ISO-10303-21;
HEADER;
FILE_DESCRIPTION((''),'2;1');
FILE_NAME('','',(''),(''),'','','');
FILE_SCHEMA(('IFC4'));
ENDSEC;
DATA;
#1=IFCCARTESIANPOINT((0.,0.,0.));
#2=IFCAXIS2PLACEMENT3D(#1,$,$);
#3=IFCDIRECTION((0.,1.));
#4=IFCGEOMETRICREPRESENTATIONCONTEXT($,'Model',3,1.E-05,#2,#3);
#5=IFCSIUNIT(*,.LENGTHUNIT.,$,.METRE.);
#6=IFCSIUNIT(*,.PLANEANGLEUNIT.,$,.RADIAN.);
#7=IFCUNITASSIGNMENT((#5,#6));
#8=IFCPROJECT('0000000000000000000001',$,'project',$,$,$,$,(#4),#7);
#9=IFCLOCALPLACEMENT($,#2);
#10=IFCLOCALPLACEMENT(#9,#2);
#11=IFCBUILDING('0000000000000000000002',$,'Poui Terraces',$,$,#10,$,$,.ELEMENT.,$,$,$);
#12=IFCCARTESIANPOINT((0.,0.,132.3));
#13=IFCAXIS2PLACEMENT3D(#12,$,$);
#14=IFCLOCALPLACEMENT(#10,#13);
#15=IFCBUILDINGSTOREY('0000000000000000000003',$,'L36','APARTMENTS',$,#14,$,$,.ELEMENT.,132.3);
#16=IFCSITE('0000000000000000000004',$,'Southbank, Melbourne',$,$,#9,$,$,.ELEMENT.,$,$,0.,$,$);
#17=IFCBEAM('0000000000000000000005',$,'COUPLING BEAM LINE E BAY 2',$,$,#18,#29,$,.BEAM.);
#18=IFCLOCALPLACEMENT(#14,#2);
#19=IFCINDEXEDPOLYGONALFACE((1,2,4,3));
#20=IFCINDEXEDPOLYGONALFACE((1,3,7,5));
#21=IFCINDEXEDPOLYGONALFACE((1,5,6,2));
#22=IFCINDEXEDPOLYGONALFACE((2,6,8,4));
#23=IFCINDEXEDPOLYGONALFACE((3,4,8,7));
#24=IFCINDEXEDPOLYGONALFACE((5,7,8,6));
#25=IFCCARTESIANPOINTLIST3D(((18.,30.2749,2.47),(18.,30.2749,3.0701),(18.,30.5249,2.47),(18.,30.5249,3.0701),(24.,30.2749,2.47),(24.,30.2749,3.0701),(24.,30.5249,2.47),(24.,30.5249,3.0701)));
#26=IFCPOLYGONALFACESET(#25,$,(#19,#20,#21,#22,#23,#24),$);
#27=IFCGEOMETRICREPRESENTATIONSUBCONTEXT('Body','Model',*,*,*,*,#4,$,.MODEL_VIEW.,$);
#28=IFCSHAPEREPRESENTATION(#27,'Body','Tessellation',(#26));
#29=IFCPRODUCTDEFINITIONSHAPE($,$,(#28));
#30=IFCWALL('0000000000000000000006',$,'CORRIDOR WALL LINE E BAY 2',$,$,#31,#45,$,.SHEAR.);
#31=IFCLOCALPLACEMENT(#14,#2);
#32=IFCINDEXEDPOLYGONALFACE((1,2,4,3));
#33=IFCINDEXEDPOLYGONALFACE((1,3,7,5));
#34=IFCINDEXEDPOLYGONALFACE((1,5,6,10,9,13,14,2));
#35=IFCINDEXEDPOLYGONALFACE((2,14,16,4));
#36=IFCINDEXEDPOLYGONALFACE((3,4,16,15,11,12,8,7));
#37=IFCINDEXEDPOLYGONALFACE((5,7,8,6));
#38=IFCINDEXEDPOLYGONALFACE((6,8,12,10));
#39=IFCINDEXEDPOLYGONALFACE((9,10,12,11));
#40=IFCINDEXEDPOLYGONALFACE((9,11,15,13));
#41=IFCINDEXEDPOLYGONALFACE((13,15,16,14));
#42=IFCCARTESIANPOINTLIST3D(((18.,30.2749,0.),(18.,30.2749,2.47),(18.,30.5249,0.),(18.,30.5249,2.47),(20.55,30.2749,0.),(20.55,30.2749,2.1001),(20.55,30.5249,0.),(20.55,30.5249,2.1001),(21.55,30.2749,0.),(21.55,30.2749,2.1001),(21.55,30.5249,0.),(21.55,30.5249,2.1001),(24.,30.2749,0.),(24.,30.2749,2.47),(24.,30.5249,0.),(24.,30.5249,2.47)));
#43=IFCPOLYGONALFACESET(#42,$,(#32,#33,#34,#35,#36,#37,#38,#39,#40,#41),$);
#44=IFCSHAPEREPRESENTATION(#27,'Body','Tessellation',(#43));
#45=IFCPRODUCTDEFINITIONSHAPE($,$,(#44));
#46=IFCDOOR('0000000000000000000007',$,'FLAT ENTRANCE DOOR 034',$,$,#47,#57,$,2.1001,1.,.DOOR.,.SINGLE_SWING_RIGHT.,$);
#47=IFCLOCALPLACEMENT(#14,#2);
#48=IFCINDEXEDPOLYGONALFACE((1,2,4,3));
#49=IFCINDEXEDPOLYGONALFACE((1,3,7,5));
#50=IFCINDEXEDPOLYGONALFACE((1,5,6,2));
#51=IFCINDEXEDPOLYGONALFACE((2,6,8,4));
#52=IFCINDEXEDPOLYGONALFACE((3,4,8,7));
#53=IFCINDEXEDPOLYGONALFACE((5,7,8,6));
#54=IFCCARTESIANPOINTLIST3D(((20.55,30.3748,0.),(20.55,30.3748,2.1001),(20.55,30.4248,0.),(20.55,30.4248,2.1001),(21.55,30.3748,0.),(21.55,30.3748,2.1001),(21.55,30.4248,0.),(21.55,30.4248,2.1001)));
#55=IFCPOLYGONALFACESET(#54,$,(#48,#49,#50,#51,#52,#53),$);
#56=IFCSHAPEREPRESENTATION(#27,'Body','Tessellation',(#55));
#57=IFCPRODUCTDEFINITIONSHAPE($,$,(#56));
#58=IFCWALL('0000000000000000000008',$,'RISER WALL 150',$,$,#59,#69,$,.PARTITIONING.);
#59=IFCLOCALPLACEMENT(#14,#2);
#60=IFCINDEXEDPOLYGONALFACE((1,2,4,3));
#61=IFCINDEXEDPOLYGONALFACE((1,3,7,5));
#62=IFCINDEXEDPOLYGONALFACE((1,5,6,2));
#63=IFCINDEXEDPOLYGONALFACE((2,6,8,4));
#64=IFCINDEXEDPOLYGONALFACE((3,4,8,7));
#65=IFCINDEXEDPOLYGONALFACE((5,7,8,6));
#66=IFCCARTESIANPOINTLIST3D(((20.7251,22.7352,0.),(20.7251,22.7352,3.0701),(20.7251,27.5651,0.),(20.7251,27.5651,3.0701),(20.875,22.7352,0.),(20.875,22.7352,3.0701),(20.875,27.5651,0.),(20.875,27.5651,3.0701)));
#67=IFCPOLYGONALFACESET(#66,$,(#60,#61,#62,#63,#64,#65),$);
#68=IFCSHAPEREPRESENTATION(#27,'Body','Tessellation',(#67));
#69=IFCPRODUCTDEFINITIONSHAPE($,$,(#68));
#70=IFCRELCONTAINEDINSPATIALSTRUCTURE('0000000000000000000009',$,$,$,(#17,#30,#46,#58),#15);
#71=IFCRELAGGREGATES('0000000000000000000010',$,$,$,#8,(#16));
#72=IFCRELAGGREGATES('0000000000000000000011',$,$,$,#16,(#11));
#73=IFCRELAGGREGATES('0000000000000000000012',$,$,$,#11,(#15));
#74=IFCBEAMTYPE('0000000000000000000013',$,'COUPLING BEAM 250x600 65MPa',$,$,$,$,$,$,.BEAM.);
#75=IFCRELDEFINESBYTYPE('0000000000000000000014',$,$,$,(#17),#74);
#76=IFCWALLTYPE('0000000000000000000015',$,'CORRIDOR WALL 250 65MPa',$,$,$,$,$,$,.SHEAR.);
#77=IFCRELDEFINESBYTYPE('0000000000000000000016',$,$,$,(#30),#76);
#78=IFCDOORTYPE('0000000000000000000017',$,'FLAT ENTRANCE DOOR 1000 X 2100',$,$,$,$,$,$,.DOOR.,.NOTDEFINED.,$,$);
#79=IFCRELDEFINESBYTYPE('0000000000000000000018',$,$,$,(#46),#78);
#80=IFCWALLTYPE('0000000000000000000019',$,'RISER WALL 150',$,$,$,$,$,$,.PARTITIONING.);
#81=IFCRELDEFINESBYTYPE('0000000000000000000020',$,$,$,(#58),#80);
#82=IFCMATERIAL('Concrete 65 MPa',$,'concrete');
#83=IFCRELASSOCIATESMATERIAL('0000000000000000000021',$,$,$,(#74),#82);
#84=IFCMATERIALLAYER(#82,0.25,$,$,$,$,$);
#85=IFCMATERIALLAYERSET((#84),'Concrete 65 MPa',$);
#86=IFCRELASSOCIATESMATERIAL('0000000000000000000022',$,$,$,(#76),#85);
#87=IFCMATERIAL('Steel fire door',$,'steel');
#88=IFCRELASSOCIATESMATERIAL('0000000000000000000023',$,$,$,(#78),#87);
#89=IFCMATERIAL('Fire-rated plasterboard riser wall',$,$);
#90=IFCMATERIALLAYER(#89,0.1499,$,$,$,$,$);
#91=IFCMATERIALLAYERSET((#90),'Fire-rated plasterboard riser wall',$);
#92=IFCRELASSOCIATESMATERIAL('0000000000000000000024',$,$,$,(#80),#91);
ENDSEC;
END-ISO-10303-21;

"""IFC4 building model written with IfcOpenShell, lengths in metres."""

from ifc_helpers import new_model, si_unit, direction, frame, frame_2d, origin, origin_2d, place, context, subcontext, project, spatial, rectangle, extrude, source, transform, mapped, material, layer, layer_set, material_profile, profile_set, type_object, element, fill, save


model = new_model("IFC4")

# Units and contexts
model_context = context("Model", 3, precision=1e-05, world=origin(), true_north=direction((0.0, 1.0)))
body_context = subcontext(model_context, "Body", "Model", "MODEL_VIEW")
ifc_project = project(units=[si_unit("LENGTHUNIT", "METRE"), si_unit("PLANEANGLEUNIT", "RADIAN")], contexts=[model_context])

# Site, building, storey
site_placement = place(None, origin())
site = spatial("IfcSite", under=ifc_project, at=site_placement, Name="Southbank, Melbourne", CompositionType="ELEMENT", RefElevation=0.0)
building_placement = place(site_placement, origin())
building = spatial("IfcBuilding", under=site, at=building_placement, Name="Poui Terraces", CompositionType="ELEMENT")
storey_placement = place(building_placement, frame((0.0, 0.0, 132.3)))
storey = spatial("IfcBuildingStorey", under=building, at=storey_placement, Name="L36", Description="APARTMENTS", CompositionType="ELEMENT", Elevation=132.3)

# Beam
ifc_material_1 = material(Name="Concrete 65 MPa", Category="concrete")
ifc_material_profile = material_profile(ifc_material_1, rectangle(XDim=0.25, YDim=0.6001, at=origin_2d()), Name="RC 250x600")
ifc_profile_set = profile_set([ifc_material_profile], Name="Concrete 65 MPa")
beam_type = type_object("IfcBeamType", Name="COUPLING BEAM 250x600 65MPa", PredefinedType="BEAM", material=ifc_profile_set)
shared_shape = source(origin(), body_context, "Body", "SweptSolid", [
    extrude(rectangle(XDim=0.25, YDim=0.6001, at=origin_2d()), origin(), (0.0, 0.0, 1.0), 6.0),
])
beam_placement = place(storey_placement, frame((18.0, 30.3999, 2.77), z_axis=(1.0, 0.0, 0.0), x_axis=(0.0, 1.0, 0.0)))
element("IfcBeam", 1, at=beam_placement, inside=storey, type_object=beam_type, Name="COUPLING BEAM LINE E BAY 2", PredefinedType="BEAM", context=body_context, shape_type="MappedRepresentation", body=[
    mapped(shared_shape, transform((0.0, 0.0, 0.0))),
])

# Wall, opening, door
ifc_layer_1 = layer(ifc_material_1, 0.25)
ifc_layer_set_1 = layer_set([ifc_layer_1], Name="Concrete 65 MPa")
wall_type_1 = type_object("IfcWallType", Name="CORRIDOR WALL 250 65MPa", PredefinedType="SHEAR", material=ifc_layer_set_1)
wall_1_placement = place(storey_placement, frame((18.0, 30.3999, 0.0), z_axis=(0.0, 0.0, 1.0), x_axis=(1.0, 0.0, 0.0)))
wall_1 = element("IfcWall", 2, at=wall_1_placement, inside=storey, type_object=wall_type_1, Name="CORRIDOR WALL LINE E BAY 2", PredefinedType="SHEAR", context=body_context, shape_type="SweptSolid", body=[
    extrude(rectangle(XDim=6.0, YDim=0.25, at=frame_2d((3.0, 0.0))), origin(), (0.0, 0.0, 1.0), 2.47),
])
opening_placement = place(wall_1_placement, frame((2.55, 0.0, 0.0)))
opening = element("IfcOpeningElement", 3, at=opening_placement, cuts=wall_1, PredefinedType="OPENING", context=body_context, shape_type="SweptSolid", body=[
    extrude(rectangle(XDim=1.0, YDim=2.1001, at=frame_2d((0.5, 1.05))), frame((0.0, 0.135, 0.0), z_axis=(0.0, -1.0, 0.0), x_axis=(1.0, 0.0, 0.0)), (0.0, 0.0, 1.0), 0.27),
])
ifc_material_2 = material(Name="Steel fire door", Category="steel")
door_type = type_object("IfcDoorType", Name="FLAT ENTRANCE DOOR 1000 X 2100", OperationType="NOTDEFINED", PredefinedType="DOOR", material=ifc_material_2)
door_placement = place(opening_placement, origin())
door = element("IfcDoor", 4, at=door_placement, inside=storey, type_object=door_type, Name="FLAT ENTRANCE DOOR 034", OperationType="SINGLE_SWING_RIGHT", OverallHeight=2.1001, OverallWidth=1.0, PredefinedType="DOOR", context=body_context, shape_type="SweptSolid", body=[
    extrude(rectangle(XDim=1.0, YDim=2.1001, at=frame_2d((0.5, 1.05))), frame((0.0, 0.0249, 0.0), z_axis=(0.0, -1.0, 0.0), x_axis=(1.0, 0.0, 0.0)), (0.0, 0.0, 1.0), 0.05),
])
fill(opening, door)

# Wall
ifc_material_3 = material(Name="Fire-rated plasterboard riser wall")
ifc_layer_2 = layer(ifc_material_3, 0.1499)
ifc_layer_set_2 = layer_set([ifc_layer_2], Name="Fire-rated plasterboard riser wall")
wall_type_2 = type_object("IfcWallType", Name="RISER WALL 150", PredefinedType="PARTITIONING", material=ifc_layer_set_2)
wall_2_placement = place(storey_placement, frame((20.8, 22.7351, 0.0), z_axis=(0.0, 0.0, 1.0), x_axis=(0.0, 1.0, 0.0)))
element("IfcWall", 5, at=wall_2_placement, inside=storey, type_object=wall_type_2, Name="RISER WALL 150", PredefinedType="PARTITIONING", context=body_context, shape_type="SweptSolid", body=[
    extrude(rectangle(XDim=4.8298, YDim=0.1499, at=frame_2d((2.415, 0.0))), origin(), (0.0, 0.0, 1.0), 3.0701),
])

save(model, "model.ifc")
